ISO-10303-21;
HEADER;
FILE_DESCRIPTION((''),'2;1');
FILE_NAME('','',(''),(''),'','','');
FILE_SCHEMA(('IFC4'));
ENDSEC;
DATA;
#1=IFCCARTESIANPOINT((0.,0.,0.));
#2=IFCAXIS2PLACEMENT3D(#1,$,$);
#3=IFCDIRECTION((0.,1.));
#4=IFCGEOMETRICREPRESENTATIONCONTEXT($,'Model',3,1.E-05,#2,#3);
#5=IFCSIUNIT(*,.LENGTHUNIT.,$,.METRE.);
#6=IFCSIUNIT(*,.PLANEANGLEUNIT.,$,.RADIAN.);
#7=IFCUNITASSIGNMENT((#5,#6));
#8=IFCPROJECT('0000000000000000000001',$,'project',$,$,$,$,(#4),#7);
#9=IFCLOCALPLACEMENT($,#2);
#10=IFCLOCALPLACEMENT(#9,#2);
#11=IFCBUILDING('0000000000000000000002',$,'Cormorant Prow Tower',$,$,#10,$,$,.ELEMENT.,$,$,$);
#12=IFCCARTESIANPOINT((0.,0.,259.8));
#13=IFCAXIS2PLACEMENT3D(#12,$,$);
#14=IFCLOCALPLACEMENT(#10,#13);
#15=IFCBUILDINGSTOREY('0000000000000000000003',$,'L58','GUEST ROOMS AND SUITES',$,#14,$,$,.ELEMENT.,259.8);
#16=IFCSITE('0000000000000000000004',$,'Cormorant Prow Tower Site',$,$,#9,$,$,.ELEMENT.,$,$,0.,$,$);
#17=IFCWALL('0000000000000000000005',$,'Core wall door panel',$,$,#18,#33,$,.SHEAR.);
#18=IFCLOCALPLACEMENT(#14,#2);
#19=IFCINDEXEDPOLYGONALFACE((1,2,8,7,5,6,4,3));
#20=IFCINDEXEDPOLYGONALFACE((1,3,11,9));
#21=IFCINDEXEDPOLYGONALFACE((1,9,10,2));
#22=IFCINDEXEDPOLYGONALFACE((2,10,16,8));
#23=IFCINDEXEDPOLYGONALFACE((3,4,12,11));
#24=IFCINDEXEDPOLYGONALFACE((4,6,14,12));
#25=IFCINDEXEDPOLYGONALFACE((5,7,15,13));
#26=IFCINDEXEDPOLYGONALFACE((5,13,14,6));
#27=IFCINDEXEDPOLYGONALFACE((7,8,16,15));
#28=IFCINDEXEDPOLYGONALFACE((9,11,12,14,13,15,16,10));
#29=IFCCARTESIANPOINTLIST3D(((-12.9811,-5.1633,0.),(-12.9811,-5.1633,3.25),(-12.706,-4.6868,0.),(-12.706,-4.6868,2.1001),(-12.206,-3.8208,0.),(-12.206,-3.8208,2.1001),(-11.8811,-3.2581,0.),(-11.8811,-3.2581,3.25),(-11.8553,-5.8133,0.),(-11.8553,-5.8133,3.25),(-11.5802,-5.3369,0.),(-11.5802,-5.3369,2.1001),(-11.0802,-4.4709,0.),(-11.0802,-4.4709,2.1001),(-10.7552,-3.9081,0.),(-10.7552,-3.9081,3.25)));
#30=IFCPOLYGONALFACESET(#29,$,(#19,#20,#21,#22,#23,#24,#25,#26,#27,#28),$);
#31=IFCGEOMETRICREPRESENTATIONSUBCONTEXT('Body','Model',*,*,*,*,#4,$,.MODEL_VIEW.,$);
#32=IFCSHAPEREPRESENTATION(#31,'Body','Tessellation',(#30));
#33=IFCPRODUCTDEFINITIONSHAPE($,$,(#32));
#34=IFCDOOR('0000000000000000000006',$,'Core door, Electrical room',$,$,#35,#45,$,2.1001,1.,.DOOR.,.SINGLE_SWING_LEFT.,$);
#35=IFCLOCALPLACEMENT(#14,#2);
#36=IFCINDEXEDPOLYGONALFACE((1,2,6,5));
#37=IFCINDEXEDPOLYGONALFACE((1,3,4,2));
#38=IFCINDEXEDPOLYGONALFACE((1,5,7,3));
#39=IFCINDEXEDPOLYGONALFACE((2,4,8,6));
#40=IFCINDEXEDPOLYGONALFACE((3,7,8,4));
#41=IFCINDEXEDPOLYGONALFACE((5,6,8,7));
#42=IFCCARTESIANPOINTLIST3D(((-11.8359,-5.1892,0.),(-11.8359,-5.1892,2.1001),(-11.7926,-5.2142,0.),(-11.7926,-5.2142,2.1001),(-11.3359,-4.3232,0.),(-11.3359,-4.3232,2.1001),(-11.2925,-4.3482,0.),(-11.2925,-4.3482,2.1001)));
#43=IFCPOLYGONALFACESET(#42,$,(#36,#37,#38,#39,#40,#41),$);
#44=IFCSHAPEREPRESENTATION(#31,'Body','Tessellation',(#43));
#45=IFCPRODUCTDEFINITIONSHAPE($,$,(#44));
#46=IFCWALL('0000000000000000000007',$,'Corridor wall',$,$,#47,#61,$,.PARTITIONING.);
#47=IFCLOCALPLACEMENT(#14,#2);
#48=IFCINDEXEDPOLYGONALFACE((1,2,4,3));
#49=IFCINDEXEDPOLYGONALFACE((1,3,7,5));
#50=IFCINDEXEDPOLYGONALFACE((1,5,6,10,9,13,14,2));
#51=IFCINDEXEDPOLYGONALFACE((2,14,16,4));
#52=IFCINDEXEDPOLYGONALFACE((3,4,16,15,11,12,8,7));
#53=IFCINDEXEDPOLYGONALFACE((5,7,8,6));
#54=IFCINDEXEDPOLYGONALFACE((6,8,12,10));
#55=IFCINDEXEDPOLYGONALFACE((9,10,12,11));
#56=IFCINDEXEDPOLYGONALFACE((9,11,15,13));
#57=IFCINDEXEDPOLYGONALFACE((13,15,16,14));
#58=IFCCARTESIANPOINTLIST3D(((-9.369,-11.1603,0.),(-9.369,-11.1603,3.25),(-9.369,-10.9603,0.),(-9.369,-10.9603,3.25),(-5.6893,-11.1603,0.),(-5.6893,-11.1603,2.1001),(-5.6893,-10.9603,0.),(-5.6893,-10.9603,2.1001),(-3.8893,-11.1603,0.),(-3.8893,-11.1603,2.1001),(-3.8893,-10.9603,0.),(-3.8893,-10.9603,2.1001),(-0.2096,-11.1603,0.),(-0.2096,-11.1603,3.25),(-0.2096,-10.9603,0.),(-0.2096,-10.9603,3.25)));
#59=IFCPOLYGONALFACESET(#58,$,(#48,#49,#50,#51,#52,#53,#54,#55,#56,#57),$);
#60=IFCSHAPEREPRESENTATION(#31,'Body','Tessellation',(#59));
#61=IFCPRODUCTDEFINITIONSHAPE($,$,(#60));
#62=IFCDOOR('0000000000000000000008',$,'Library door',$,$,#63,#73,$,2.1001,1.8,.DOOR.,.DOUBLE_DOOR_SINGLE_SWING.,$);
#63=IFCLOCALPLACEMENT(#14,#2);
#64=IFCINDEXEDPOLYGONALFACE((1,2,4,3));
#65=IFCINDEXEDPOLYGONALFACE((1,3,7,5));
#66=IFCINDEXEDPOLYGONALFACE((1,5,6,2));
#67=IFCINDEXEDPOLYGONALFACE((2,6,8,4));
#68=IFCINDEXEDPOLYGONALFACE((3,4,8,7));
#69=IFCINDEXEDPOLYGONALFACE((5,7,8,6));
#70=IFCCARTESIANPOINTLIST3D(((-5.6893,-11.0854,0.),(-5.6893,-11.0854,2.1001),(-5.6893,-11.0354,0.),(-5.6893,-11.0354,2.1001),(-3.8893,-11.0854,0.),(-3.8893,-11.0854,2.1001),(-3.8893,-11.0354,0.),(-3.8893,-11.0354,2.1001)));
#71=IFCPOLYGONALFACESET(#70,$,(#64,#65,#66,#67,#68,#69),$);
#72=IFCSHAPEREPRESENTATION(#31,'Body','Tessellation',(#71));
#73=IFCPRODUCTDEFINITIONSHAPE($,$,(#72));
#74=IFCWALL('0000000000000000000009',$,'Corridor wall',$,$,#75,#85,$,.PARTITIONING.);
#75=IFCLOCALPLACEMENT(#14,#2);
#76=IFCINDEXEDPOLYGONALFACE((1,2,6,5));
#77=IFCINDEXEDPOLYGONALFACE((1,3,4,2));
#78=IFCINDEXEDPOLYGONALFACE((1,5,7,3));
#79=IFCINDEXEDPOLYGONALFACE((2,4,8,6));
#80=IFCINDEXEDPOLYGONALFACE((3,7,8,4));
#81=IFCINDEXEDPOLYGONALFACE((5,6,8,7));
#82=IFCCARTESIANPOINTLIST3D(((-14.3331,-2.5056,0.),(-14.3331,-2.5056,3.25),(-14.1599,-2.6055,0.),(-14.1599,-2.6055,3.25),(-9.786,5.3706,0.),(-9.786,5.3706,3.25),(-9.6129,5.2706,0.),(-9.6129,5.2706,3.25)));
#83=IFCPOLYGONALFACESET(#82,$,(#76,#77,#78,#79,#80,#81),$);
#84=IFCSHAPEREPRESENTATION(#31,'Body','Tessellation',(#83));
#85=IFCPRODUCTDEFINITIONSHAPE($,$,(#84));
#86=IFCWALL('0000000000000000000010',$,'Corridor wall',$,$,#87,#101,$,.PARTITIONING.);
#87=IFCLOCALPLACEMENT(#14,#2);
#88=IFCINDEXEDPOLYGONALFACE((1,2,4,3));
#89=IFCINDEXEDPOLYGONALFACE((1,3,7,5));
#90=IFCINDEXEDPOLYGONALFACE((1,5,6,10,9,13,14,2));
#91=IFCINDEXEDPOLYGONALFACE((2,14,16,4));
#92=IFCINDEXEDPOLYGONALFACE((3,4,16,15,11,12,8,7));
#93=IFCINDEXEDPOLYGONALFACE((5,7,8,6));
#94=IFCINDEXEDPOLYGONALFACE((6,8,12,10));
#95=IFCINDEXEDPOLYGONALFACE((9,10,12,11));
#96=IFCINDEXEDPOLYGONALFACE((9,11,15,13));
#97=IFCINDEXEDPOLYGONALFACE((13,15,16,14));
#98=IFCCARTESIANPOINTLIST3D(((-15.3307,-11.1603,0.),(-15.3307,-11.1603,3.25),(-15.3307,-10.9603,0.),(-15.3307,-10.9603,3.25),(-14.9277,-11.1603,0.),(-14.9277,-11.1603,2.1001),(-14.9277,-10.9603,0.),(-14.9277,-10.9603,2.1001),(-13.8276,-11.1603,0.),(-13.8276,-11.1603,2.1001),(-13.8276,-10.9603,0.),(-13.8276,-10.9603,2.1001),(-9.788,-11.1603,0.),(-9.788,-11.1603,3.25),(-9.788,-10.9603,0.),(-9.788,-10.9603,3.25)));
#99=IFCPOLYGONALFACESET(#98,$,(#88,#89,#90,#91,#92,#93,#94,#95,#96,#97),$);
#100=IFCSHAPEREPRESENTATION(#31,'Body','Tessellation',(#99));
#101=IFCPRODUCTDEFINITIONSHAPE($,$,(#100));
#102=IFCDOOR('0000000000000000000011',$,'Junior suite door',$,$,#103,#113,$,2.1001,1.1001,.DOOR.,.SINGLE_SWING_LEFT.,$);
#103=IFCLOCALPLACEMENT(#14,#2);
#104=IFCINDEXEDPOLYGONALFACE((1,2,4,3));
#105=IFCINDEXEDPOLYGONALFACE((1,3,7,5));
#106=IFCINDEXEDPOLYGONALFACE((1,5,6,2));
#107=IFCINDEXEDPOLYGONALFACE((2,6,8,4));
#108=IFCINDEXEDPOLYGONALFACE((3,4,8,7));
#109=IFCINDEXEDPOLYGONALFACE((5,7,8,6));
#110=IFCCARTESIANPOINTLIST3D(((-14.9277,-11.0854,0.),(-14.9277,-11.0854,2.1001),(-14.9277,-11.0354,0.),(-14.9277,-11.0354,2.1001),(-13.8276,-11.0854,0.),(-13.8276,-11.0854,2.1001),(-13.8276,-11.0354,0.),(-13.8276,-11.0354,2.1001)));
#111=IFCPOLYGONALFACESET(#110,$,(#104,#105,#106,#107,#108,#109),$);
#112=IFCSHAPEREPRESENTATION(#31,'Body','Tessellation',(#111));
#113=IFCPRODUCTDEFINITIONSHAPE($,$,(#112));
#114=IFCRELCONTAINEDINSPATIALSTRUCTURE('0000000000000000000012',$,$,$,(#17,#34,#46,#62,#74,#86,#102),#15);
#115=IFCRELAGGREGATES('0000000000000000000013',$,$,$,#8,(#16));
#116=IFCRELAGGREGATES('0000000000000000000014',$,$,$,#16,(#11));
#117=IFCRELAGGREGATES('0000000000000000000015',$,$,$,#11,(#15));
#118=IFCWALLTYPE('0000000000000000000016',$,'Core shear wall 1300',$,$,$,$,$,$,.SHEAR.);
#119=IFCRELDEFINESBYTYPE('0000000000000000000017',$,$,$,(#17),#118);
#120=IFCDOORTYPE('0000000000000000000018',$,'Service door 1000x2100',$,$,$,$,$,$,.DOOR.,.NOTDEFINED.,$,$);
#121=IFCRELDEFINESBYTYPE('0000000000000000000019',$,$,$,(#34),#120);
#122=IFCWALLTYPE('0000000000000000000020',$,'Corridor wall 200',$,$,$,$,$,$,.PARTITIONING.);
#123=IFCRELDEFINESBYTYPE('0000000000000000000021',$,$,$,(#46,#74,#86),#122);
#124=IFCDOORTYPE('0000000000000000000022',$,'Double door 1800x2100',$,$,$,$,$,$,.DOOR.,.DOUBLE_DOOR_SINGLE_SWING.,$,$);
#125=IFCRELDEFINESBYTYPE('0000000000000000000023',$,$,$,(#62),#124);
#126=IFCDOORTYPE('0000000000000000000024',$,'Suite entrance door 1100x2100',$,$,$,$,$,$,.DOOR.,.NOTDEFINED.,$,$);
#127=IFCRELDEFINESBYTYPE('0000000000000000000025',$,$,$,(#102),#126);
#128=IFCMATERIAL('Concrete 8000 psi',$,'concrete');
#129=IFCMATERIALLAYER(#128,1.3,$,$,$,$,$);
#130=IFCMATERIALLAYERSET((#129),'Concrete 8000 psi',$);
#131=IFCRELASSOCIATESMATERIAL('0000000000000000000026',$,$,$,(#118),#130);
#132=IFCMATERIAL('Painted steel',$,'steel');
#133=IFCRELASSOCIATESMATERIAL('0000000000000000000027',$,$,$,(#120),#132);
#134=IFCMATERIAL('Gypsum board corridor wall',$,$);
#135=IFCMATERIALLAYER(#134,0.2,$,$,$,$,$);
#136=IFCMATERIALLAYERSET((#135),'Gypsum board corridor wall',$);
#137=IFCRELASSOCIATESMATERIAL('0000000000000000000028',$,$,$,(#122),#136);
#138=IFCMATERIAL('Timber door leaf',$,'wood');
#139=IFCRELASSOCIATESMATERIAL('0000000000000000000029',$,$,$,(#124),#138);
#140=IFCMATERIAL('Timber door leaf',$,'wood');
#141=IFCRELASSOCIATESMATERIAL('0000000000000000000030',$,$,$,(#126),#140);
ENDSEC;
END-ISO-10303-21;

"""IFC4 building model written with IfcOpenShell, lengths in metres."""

from ifc_helpers import new_model, si_unit, direction, frame, frame_2d, origin, place, context, subcontext, project, spatial, rectangle, extrude, material, layer, layer_set, type_object, element, fill, save


model = new_model("IFC4")

# Units and contexts
model_context = context("Model", 3, precision=1e-05, world=origin(), true_north=direction((0.0, 1.0)))
body_context = subcontext(model_context, "Body", "Model", "MODEL_VIEW")
ifc_project = project(units=[si_unit("LENGTHUNIT", "METRE"), si_unit("PLANEANGLEUNIT", "RADIAN")], contexts=[model_context])

# Site, building, storey
site_placement = place(None, origin())
site = spatial("IfcSite", under=ifc_project, at=site_placement, Name="Cormorant Prow Tower Site", CompositionType="ELEMENT", RefElevation=0.0)
building_placement = place(site_placement, origin())
building = spatial("IfcBuilding", under=site, at=building_placement, Name="Cormorant Prow Tower", CompositionType="ELEMENT")
storey_placement = place(building_placement, frame((0.0, 0.0, 259.8)))
storey = spatial("IfcBuildingStorey", under=building, at=storey_placement, Name="L58", Description="GUEST ROOMS AND SUITES", CompositionType="ELEMENT", Elevation=259.8)

# Shared definitions
ifc_material_1 = material(Name="Concrete 8000 psi", Category="concrete")
ifc_layer_1 = layer(ifc_material_1, 1.3)
ifc_layer_set_1 = layer_set([ifc_layer_1], Name="Concrete 8000 psi")
wall_type_1 = type_object("IfcWallType", Name="Core shear wall 1300", PredefinedType="SHEAR", material=ifc_layer_set_1)

# Walls, openings, doors
wall_1_placement = place(storey_placement, frame((-11.3181, -3.583, 0.0), z_axis=(0.0, 0.0, 1.0), x_axis=(-0.50003, -0.866008, 0.0)))
wall_1 = element("IfcWall", 1, at=wall_1_placement, inside=storey, type_object=wall_type_1, Name="Core wall door panel", PredefinedType="SHEAR", context=body_context, shape_type="SweptSolid", body=[
    extrude(rectangle(XDim=2.2, YDim=1.3, at=frame_2d((1.1001, 0.0))), origin(), (0.0, 0.0, 1.0), 3.25),
])
opening_1_placement = place(wall_1_placement, frame((0.6499, 0.0, 0.0)))
opening_1 = element("IfcOpeningElement", 2, at=opening_1_placement, cuts=wall_1, PredefinedType="OPENING", context=body_context, shape_type="SweptSolid", body=[
    extrude(rectangle(XDim=1.0, YDim=2.1001, at=frame_2d((0.5, 1.05))), frame((0.0, 0.6599, 0.0), z_axis=(0.0, -1.0, 0.0), x_axis=(1.0, 0.0, 0.0)), (0.0, 0.0, 1.0), 1.3201),
])
ifc_material_2 = material(Name="Painted steel", Category="steel")
door_type_1 = type_object("IfcDoorType", Name="Service door 1000x2100", OperationType="NOTDEFINED", PredefinedType="DOOR", material=ifc_material_2)
door_1_placement = place(opening_1_placement, origin())
door_1 = element("IfcDoor", 3, at=door_1_placement, inside=storey, type_object=door_type_1, Name="Core door, Electrical room", OperationType="SINGLE_SWING_LEFT", OverallHeight=2.1001, OverallWidth=1.0, PredefinedType="DOOR", context=body_context, shape_type="SweptSolid", body=[
    extrude(rectangle(XDim=1.0, YDim=2.1001, at=frame_2d((0.5, 1.05))), frame((0.0, 0.4048, 0.0), z_axis=(0.0, -1.0, 0.0), x_axis=(1.0, 0.0, 0.0)), (0.0, 0.0, 1.0), 0.05),
])
fill(opening_1, door_1)
ifc_material_3 = material(Name="Gypsum board corridor wall")
ifc_layer_2 = layer(ifc_material_3, 0.2)
ifc_layer_set_2 = layer_set([ifc_layer_2], Name="Gypsum board corridor wall")
wall_type_2 = type_object("IfcWallType", Name="Corridor wall 200", PredefinedType="PARTITIONING", material=ifc_layer_set_2)
wall_2_placement = place(storey_placement, frame((-9.3689, -11.0603, 0.0), z_axis=(0.0, 0.0, 1.0), x_axis=(1.0, 0.0, 0.0)))
wall_2 = element("IfcWall", 4, at=wall_2_placement, inside=storey, type_object=wall_type_2, Name="Corridor wall", PredefinedType="PARTITIONING", context=body_context, shape_type="SweptSolid", body=[
    extrude(rectangle(XDim=9.1594, YDim=0.2, at=frame_2d((4.5796, 0.0))), origin(), (0.0, 0.0, 1.0), 3.25),
])
opening_2_placement = place(wall_2_placement, frame((3.6797, 0.0, 0.0)))
opening_2 = element("IfcOpeningElement", 5, at=opening_2_placement, cuts=wall_2, PredefinedType="OPENING", context=body_context, shape_type="SweptSolid", body=[
    extrude(rectangle(XDim=1.8, YDim=2.1001, at=frame_2d((0.8999, 1.05))), frame((0.0, 0.1099, 0.0), z_axis=(0.0, -1.0, 0.0), x_axis=(1.0, 0.0, 0.0)), (0.0, 0.0, 1.0), 0.22),
])
ifc_material_4 = material(Name="Timber door leaf", Category="wood")
door_type_2 = type_object("IfcDoorType", Name="Double door 1800x2100", OperationType="DOUBLE_DOOR_SINGLE_SWING", PredefinedType="DOOR", material=ifc_material_4)
door_2_placement = place(opening_2_placement, origin())
door_2 = element("IfcDoor", 6, at=door_2_placement, inside=storey, type_object=door_type_2, Name="Library door", OperationType="DOUBLE_DOOR_SINGLE_SWING", OverallHeight=2.1001, OverallWidth=1.8, PredefinedType="DOOR", context=body_context, shape_type="SweptSolid", body=[
    extrude(rectangle(XDim=1.8, YDim=2.1001, at=frame_2d((0.8999, 1.05))), frame((0.0, 0.0249, 0.0), z_axis=(0.0, -1.0, 0.0), x_axis=(1.0, 0.0, 0.0)), (0.0, 0.0, 1.0), 0.05),
])
fill(opening_2, door_2)

# Wall
wall_3_placement = place(storey_placement, frame((-14.2466, -2.5557, 0.0), z_axis=(0.0, 0.0, 1.0), x_axis=(0.499982, 0.866036, 0.0)))
element("IfcWall", 7, at=wall_3_placement, inside=storey, type_object=wall_type_2, Name="Corridor wall", PredefinedType="PARTITIONING", context=body_context, shape_type="SweptSolid", body=[
    extrude(rectangle(XDim=9.0945, YDim=0.2, at=frame_2d((4.5474, 0.0))), origin(), (0.0, 0.0, 1.0), 3.25),
])

# Wall, opening, door
wall_4_placement = place(storey_placement, frame((-15.3308, -11.0603, 0.0), z_axis=(0.0, 0.0, 1.0), x_axis=(1.0, 0.0, 0.0)))
wall_4 = element("IfcWall", 8, at=wall_4_placement, inside=storey, type_object=wall_type_2, Name="Corridor wall", PredefinedType="PARTITIONING", context=body_context, shape_type="SweptSolid", body=[
    extrude(rectangle(XDim=5.5427, YDim=0.2, at=frame_2d((2.7715, 0.0))), origin(), (0.0, 0.0, 1.0), 3.25),
])
opening_3_placement = place(wall_4_placement, frame((0.4031, 0.0, 0.0)))
opening_3 = element("IfcOpeningElement", 9, at=opening_3_placement, cuts=wall_4, PredefinedType="OPENING", context=body_context, shape_type="SweptSolid", body=[
    extrude(rectangle(XDim=1.1001, YDim=2.1001, at=frame_2d((0.55, 1.05))), frame((0.0, 0.1099, 0.0), z_axis=(0.0, -1.0, 0.0), x_axis=(1.0, 0.0, 0.0)), (0.0, 0.0, 1.0), 0.22),
])
ifc_material_5 = material(Name="Timber door leaf", Category="wood")
door_type_3 = type_object("IfcDoorType", Name="Suite entrance door 1100x2100", OperationType="NOTDEFINED", PredefinedType="DOOR", material=ifc_material_5)
door_3_placement = place(opening_3_placement, origin())
door_3 = element("IfcDoor", 10, at=door_3_placement, inside=storey, type_object=door_type_3, Name="Junior suite door", OperationType="SINGLE_SWING_LEFT", OverallHeight=2.1001, OverallWidth=1.1001, PredefinedType="DOOR", context=body_context, shape_type="SweptSolid", body=[
    extrude(rectangle(XDim=1.1001, YDim=2.1001, at=frame_2d((0.55, 1.05))), frame((0.0, 0.0249, 0.0), z_axis=(0.0, -1.0, 0.0), x_axis=(1.0, 0.0, 0.0)), (0.0, 0.0, 1.0), 0.05),
])
fill(opening_3, door_3)

save(model, "model.ifc")
